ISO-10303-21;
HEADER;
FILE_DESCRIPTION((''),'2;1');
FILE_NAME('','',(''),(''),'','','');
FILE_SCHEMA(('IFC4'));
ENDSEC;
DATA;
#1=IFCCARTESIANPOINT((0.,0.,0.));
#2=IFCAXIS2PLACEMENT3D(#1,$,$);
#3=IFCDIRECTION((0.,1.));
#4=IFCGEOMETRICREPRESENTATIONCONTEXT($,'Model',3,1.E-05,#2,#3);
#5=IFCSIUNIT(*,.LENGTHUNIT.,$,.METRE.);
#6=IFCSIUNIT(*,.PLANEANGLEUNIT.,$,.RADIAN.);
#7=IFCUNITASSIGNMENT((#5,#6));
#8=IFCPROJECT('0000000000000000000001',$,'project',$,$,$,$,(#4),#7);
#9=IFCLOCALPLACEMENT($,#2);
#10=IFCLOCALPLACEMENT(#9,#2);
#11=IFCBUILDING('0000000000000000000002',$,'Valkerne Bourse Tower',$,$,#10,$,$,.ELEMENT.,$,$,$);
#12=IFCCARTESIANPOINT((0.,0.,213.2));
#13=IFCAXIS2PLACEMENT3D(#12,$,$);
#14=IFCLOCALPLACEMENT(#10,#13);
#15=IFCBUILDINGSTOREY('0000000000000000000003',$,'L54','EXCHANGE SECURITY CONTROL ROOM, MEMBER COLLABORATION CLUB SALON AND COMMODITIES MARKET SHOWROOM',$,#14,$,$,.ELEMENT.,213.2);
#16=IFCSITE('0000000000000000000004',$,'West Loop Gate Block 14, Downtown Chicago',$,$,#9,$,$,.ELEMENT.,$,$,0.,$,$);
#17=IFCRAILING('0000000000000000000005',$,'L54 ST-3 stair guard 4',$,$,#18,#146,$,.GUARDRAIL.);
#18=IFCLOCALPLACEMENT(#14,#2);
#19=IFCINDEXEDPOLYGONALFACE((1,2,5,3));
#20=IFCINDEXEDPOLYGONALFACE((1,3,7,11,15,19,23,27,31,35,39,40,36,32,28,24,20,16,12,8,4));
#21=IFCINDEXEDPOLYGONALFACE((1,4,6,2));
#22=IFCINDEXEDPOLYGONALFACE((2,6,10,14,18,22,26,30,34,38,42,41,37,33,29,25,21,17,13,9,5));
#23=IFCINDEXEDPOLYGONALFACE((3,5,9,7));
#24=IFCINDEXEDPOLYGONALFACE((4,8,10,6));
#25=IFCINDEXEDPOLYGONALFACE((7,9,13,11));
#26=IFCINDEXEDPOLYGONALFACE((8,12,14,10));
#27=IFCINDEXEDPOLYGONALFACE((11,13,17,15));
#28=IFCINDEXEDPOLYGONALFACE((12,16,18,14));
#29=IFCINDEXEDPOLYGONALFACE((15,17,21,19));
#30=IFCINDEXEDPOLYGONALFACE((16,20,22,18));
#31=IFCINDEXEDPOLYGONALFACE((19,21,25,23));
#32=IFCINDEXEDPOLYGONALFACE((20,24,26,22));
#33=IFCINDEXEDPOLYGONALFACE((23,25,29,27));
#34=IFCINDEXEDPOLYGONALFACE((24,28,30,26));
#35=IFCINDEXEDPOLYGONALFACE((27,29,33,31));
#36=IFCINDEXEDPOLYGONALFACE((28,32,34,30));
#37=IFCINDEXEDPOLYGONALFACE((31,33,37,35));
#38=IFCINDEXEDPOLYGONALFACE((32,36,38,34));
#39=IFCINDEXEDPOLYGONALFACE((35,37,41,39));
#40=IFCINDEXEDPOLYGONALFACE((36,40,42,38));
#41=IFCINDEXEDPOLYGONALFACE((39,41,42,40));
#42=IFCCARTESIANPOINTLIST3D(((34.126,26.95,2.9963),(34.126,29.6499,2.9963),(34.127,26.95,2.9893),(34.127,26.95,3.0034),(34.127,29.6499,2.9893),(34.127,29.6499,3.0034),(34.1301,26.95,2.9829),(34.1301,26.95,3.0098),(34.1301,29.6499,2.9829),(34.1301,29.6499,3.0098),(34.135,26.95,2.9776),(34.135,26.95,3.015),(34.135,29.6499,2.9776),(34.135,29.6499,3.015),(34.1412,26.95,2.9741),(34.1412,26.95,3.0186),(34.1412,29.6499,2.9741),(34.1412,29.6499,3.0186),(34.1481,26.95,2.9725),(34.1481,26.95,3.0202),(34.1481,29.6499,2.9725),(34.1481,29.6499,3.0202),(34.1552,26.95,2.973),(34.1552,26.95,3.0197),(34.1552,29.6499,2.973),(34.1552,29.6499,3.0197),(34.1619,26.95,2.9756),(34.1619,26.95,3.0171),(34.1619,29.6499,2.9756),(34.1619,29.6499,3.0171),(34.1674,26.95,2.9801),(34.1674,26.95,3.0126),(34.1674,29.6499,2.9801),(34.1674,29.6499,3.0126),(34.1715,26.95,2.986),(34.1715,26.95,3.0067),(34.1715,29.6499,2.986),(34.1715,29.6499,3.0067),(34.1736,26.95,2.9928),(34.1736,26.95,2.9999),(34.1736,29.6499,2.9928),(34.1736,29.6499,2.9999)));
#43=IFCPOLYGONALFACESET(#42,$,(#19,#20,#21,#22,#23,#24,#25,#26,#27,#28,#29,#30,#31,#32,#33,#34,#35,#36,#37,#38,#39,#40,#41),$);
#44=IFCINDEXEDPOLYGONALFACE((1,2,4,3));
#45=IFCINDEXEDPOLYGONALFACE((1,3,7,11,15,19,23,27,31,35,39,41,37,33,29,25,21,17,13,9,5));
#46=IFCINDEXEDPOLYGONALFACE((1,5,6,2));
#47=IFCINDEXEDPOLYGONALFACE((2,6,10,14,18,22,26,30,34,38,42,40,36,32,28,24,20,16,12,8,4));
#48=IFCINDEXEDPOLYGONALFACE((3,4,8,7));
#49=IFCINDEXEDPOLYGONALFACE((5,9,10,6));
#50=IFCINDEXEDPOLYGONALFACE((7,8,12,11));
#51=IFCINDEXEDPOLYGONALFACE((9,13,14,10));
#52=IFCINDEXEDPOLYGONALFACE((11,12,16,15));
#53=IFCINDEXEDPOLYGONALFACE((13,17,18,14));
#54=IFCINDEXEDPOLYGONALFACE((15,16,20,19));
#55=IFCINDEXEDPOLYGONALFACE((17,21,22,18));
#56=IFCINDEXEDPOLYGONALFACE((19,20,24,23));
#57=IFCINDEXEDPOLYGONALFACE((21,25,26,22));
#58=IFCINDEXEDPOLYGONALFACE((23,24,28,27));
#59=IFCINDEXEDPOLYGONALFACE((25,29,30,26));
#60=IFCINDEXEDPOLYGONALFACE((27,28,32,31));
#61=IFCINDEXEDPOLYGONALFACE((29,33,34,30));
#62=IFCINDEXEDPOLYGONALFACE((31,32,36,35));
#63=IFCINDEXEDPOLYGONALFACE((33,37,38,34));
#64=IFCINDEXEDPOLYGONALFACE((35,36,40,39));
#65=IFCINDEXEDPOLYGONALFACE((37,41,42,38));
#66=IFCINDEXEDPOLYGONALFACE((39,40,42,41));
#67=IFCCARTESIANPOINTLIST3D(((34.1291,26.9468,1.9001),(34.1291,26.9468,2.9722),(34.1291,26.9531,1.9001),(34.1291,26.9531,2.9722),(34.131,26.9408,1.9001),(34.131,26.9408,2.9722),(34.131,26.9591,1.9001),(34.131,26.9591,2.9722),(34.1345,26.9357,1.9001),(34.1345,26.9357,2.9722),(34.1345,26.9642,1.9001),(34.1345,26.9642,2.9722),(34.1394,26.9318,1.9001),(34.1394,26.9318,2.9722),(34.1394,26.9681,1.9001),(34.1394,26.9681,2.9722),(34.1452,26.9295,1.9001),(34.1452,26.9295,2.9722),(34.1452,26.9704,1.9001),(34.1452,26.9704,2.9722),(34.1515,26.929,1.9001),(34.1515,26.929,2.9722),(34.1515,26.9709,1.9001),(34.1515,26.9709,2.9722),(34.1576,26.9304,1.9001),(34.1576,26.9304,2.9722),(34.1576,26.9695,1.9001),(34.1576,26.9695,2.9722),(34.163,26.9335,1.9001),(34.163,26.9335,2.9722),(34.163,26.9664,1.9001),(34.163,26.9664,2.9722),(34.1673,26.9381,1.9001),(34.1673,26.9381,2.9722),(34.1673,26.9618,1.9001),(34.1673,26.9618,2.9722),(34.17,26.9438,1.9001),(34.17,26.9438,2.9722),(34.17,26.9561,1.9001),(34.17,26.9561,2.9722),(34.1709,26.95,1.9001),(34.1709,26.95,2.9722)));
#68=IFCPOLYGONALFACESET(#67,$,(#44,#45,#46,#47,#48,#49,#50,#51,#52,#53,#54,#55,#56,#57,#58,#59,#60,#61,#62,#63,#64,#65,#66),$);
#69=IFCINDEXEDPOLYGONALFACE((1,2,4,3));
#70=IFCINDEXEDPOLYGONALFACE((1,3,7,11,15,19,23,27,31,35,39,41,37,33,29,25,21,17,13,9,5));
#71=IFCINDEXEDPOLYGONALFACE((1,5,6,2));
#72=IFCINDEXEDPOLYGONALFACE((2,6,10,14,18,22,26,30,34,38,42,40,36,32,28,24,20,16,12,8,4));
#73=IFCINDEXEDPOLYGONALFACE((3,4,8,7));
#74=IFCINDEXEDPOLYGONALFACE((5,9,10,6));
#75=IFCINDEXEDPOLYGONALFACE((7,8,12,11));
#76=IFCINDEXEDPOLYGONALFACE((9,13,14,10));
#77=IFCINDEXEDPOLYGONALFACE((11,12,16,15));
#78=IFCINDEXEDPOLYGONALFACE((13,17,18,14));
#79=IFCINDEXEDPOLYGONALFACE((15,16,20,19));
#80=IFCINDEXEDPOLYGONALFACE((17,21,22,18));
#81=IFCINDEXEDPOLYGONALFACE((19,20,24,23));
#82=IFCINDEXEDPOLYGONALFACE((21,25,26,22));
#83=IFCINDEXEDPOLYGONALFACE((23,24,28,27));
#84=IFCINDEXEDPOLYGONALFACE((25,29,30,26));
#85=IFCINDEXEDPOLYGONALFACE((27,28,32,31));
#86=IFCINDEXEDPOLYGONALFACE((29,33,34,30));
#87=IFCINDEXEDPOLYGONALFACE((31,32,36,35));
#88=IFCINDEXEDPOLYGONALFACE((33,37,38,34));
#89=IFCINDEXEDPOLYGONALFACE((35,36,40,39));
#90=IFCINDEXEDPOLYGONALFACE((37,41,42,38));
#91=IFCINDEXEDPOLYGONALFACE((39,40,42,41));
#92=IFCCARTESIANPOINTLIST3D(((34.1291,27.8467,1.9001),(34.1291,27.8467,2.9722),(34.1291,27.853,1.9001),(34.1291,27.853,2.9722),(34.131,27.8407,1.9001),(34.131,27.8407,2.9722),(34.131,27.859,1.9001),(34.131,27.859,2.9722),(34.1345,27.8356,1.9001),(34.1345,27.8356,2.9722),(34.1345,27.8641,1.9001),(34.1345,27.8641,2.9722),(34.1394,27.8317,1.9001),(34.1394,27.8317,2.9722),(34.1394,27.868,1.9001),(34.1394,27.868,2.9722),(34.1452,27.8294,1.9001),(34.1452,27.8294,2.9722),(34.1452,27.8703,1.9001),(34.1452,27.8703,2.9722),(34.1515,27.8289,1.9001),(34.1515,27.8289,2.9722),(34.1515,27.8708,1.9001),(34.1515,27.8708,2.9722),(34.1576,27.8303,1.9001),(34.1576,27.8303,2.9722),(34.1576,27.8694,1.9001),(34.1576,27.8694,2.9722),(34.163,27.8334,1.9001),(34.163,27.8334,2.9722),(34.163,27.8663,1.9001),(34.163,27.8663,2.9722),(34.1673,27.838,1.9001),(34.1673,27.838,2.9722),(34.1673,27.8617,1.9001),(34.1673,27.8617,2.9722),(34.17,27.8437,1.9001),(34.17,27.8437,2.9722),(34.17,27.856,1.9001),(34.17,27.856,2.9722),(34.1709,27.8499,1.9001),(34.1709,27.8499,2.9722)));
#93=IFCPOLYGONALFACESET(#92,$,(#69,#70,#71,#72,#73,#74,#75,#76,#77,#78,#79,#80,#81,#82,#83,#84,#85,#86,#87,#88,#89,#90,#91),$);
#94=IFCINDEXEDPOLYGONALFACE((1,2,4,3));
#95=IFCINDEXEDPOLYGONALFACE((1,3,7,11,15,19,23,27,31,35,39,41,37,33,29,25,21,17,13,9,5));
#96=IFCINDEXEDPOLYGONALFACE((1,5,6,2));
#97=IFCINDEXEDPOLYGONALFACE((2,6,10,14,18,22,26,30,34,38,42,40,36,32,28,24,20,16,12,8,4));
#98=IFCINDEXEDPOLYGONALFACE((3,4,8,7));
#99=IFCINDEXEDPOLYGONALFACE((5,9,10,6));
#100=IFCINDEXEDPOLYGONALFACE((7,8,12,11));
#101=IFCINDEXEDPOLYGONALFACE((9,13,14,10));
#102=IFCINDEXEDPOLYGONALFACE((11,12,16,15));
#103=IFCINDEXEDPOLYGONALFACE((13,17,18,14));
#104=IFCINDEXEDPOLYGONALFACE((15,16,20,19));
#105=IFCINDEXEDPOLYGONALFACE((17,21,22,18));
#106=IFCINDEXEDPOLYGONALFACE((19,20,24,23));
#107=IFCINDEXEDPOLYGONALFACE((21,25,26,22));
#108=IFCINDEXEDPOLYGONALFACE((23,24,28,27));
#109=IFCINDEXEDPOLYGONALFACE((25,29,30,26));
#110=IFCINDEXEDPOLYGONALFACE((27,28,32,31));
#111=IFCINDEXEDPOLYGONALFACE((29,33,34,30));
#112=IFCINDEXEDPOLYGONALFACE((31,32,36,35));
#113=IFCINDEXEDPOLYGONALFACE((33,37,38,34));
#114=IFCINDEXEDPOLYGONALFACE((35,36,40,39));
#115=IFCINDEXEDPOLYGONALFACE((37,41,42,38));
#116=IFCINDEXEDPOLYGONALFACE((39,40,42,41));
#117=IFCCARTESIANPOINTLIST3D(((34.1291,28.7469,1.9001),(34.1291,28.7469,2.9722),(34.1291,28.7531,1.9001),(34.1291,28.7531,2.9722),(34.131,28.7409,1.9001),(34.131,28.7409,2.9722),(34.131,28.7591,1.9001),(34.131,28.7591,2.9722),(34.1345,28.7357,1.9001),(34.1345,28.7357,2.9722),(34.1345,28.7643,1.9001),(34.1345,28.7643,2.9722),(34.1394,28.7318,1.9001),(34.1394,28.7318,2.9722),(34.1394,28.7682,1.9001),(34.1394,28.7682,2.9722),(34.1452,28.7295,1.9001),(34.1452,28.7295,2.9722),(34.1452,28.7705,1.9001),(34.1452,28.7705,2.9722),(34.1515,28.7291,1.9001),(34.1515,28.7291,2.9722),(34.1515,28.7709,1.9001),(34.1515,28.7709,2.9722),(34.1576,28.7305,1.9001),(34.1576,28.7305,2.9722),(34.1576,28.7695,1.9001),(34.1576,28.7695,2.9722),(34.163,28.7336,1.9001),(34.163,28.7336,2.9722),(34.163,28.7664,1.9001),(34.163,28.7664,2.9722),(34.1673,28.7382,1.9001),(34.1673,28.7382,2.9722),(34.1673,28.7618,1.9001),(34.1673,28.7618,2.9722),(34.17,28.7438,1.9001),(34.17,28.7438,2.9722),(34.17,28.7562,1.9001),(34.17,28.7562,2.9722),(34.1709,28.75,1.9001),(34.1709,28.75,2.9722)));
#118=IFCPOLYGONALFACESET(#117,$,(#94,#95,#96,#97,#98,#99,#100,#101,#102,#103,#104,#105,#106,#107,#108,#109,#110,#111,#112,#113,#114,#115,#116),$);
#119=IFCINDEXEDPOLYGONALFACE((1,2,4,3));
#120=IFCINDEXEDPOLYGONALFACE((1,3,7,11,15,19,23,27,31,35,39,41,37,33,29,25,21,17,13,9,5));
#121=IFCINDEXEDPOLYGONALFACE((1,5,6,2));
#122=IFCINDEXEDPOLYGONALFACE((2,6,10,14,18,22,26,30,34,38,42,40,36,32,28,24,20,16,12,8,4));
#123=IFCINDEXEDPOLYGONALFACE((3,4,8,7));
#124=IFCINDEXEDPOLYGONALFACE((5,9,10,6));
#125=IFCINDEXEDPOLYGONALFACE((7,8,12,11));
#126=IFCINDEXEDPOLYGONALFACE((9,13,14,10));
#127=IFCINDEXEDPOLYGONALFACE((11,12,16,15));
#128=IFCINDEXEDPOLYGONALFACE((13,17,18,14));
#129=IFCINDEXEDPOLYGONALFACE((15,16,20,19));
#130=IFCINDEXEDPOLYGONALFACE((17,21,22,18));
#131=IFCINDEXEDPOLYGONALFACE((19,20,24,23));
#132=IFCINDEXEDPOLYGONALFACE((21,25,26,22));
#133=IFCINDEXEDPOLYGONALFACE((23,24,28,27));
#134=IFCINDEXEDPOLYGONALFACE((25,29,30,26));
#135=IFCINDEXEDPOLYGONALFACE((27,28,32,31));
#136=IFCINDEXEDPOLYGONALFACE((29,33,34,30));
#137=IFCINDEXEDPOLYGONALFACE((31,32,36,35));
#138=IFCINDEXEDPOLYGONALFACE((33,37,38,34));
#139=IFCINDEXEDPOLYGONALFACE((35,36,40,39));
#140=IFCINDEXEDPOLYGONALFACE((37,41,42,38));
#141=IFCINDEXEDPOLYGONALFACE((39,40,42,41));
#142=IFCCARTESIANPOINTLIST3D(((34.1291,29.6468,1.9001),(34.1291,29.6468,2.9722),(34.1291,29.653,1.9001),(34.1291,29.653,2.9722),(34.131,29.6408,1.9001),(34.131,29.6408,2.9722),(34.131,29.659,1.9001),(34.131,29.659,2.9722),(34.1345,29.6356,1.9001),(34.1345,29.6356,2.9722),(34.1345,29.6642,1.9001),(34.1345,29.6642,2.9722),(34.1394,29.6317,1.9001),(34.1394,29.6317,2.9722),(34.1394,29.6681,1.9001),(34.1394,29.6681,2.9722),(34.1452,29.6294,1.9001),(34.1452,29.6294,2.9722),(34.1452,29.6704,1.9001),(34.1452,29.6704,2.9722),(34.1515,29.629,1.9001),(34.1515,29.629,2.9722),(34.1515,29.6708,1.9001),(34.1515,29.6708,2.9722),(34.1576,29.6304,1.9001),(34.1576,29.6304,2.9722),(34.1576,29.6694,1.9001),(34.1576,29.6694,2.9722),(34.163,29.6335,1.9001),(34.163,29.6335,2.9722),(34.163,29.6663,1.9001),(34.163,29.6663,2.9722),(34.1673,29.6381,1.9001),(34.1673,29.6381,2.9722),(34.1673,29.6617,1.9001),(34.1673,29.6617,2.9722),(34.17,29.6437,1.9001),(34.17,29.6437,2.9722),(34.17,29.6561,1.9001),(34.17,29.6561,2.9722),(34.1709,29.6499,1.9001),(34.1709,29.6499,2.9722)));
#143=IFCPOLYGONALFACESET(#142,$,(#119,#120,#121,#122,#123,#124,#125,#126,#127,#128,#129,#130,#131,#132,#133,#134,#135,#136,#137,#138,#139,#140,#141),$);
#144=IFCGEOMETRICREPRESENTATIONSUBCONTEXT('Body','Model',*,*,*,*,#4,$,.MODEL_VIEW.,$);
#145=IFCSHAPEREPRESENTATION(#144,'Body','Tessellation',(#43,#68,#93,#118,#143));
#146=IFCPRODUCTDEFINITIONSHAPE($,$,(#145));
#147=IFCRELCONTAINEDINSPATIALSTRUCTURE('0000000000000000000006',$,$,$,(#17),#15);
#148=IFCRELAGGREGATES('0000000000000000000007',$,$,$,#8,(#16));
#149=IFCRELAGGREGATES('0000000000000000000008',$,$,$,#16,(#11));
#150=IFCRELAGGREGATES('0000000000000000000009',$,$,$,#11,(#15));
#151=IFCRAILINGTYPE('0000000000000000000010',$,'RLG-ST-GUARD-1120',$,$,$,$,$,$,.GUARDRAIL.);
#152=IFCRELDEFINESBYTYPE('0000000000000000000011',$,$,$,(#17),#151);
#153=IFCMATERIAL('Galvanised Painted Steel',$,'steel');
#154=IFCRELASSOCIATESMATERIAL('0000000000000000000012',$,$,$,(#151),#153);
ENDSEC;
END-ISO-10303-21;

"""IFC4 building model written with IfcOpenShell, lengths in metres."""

from ifc_helpers import new_model, si_unit, direction, frame, origin, origin_2d, place, context, subcontext, project, spatial, circle, extrude, material, type_object, element, save


model = new_model("IFC4")

# Units and contexts
model_context = context("Model", 3, precision=1e-05, world=origin(), true_north=direction((0.0, 1.0)))
body_context = subcontext(model_context, "Body", "Model", "MODEL_VIEW")
ifc_project = project(units=[si_unit("LENGTHUNIT", "METRE"), si_unit("PLANEANGLEUNIT", "RADIAN")], contexts=[model_context])

# Site, building, storey
site_placement = place(None, origin())
site = spatial("IfcSite", under=ifc_project, at=site_placement, Name="West Loop Gate Block 14, Downtown Chicago", CompositionType="ELEMENT", RefElevation=0.0)
building_placement = place(site_placement, origin())
building = spatial("IfcBuilding", under=site, at=building_placement, Name="Valkerne Bourse Tower", CompositionType="ELEMENT")
storey_placement = place(building_placement, frame((0.0, 0.0, 213.2)))
storey = spatial("IfcBuildingStorey", under=building, at=storey_placement, Name="L54", Description="EXCHANGE SECURITY CONTROL ROOM, MEMBER COLLABORATION CLUB SALON AND COMMODITIES MARKET SHOWROOM", CompositionType="ELEMENT", Elevation=213.2)

# Shared definitions
ifc_material_1 = material(Name="Galvanised Painted Steel", Category="steel")

# Railing
railing_type_1 = type_object("IfcRailingType", Name="RLG-ST-GUARD-1120", PredefinedType="GUARDRAIL", material=ifc_material_1)
railing_1_placement = place(storey_placement, frame((34.1499, 26.95, 1.9001)))
element("IfcRailing", 1, at=railing_1_placement, inside=storey, type_object=railing_type_1, Name="L54 ST-3 stair guard 4", PredefinedType="GUARDRAIL", context=body_context, shape_type="SweptSolid", body=[
    extrude(circle(Radius=0.0239, at=origin_2d()), frame((0.0, 0.0, 1.0962), z_axis=(0.0, 1.0, 0.0), x_axis=(-1.0, 0.0, 0.0)), (0.0, 0.0, 1.0), 2.7),
    extrude(circle(Radius=0.021, at=origin_2d()), origin(), (0.0, 0.0, 1.0), 1.072),
    extrude(circle(Radius=0.021, at=origin_2d()), frame((0.0, 0.8999, 0.0)), (0.0, 0.0, 1.0), 1.072),
    extrude(circle(Radius=0.021, at=origin_2d()), frame((0.0, 1.8, 0.0)), (0.0, 0.0, 1.0), 1.072),
    extrude(circle(Radius=0.021, at=origin_2d()), frame((0.0, 2.7, 0.0)), (0.0, 0.0, 1.0), 1.072),
])

save(model, "model.ifc")
